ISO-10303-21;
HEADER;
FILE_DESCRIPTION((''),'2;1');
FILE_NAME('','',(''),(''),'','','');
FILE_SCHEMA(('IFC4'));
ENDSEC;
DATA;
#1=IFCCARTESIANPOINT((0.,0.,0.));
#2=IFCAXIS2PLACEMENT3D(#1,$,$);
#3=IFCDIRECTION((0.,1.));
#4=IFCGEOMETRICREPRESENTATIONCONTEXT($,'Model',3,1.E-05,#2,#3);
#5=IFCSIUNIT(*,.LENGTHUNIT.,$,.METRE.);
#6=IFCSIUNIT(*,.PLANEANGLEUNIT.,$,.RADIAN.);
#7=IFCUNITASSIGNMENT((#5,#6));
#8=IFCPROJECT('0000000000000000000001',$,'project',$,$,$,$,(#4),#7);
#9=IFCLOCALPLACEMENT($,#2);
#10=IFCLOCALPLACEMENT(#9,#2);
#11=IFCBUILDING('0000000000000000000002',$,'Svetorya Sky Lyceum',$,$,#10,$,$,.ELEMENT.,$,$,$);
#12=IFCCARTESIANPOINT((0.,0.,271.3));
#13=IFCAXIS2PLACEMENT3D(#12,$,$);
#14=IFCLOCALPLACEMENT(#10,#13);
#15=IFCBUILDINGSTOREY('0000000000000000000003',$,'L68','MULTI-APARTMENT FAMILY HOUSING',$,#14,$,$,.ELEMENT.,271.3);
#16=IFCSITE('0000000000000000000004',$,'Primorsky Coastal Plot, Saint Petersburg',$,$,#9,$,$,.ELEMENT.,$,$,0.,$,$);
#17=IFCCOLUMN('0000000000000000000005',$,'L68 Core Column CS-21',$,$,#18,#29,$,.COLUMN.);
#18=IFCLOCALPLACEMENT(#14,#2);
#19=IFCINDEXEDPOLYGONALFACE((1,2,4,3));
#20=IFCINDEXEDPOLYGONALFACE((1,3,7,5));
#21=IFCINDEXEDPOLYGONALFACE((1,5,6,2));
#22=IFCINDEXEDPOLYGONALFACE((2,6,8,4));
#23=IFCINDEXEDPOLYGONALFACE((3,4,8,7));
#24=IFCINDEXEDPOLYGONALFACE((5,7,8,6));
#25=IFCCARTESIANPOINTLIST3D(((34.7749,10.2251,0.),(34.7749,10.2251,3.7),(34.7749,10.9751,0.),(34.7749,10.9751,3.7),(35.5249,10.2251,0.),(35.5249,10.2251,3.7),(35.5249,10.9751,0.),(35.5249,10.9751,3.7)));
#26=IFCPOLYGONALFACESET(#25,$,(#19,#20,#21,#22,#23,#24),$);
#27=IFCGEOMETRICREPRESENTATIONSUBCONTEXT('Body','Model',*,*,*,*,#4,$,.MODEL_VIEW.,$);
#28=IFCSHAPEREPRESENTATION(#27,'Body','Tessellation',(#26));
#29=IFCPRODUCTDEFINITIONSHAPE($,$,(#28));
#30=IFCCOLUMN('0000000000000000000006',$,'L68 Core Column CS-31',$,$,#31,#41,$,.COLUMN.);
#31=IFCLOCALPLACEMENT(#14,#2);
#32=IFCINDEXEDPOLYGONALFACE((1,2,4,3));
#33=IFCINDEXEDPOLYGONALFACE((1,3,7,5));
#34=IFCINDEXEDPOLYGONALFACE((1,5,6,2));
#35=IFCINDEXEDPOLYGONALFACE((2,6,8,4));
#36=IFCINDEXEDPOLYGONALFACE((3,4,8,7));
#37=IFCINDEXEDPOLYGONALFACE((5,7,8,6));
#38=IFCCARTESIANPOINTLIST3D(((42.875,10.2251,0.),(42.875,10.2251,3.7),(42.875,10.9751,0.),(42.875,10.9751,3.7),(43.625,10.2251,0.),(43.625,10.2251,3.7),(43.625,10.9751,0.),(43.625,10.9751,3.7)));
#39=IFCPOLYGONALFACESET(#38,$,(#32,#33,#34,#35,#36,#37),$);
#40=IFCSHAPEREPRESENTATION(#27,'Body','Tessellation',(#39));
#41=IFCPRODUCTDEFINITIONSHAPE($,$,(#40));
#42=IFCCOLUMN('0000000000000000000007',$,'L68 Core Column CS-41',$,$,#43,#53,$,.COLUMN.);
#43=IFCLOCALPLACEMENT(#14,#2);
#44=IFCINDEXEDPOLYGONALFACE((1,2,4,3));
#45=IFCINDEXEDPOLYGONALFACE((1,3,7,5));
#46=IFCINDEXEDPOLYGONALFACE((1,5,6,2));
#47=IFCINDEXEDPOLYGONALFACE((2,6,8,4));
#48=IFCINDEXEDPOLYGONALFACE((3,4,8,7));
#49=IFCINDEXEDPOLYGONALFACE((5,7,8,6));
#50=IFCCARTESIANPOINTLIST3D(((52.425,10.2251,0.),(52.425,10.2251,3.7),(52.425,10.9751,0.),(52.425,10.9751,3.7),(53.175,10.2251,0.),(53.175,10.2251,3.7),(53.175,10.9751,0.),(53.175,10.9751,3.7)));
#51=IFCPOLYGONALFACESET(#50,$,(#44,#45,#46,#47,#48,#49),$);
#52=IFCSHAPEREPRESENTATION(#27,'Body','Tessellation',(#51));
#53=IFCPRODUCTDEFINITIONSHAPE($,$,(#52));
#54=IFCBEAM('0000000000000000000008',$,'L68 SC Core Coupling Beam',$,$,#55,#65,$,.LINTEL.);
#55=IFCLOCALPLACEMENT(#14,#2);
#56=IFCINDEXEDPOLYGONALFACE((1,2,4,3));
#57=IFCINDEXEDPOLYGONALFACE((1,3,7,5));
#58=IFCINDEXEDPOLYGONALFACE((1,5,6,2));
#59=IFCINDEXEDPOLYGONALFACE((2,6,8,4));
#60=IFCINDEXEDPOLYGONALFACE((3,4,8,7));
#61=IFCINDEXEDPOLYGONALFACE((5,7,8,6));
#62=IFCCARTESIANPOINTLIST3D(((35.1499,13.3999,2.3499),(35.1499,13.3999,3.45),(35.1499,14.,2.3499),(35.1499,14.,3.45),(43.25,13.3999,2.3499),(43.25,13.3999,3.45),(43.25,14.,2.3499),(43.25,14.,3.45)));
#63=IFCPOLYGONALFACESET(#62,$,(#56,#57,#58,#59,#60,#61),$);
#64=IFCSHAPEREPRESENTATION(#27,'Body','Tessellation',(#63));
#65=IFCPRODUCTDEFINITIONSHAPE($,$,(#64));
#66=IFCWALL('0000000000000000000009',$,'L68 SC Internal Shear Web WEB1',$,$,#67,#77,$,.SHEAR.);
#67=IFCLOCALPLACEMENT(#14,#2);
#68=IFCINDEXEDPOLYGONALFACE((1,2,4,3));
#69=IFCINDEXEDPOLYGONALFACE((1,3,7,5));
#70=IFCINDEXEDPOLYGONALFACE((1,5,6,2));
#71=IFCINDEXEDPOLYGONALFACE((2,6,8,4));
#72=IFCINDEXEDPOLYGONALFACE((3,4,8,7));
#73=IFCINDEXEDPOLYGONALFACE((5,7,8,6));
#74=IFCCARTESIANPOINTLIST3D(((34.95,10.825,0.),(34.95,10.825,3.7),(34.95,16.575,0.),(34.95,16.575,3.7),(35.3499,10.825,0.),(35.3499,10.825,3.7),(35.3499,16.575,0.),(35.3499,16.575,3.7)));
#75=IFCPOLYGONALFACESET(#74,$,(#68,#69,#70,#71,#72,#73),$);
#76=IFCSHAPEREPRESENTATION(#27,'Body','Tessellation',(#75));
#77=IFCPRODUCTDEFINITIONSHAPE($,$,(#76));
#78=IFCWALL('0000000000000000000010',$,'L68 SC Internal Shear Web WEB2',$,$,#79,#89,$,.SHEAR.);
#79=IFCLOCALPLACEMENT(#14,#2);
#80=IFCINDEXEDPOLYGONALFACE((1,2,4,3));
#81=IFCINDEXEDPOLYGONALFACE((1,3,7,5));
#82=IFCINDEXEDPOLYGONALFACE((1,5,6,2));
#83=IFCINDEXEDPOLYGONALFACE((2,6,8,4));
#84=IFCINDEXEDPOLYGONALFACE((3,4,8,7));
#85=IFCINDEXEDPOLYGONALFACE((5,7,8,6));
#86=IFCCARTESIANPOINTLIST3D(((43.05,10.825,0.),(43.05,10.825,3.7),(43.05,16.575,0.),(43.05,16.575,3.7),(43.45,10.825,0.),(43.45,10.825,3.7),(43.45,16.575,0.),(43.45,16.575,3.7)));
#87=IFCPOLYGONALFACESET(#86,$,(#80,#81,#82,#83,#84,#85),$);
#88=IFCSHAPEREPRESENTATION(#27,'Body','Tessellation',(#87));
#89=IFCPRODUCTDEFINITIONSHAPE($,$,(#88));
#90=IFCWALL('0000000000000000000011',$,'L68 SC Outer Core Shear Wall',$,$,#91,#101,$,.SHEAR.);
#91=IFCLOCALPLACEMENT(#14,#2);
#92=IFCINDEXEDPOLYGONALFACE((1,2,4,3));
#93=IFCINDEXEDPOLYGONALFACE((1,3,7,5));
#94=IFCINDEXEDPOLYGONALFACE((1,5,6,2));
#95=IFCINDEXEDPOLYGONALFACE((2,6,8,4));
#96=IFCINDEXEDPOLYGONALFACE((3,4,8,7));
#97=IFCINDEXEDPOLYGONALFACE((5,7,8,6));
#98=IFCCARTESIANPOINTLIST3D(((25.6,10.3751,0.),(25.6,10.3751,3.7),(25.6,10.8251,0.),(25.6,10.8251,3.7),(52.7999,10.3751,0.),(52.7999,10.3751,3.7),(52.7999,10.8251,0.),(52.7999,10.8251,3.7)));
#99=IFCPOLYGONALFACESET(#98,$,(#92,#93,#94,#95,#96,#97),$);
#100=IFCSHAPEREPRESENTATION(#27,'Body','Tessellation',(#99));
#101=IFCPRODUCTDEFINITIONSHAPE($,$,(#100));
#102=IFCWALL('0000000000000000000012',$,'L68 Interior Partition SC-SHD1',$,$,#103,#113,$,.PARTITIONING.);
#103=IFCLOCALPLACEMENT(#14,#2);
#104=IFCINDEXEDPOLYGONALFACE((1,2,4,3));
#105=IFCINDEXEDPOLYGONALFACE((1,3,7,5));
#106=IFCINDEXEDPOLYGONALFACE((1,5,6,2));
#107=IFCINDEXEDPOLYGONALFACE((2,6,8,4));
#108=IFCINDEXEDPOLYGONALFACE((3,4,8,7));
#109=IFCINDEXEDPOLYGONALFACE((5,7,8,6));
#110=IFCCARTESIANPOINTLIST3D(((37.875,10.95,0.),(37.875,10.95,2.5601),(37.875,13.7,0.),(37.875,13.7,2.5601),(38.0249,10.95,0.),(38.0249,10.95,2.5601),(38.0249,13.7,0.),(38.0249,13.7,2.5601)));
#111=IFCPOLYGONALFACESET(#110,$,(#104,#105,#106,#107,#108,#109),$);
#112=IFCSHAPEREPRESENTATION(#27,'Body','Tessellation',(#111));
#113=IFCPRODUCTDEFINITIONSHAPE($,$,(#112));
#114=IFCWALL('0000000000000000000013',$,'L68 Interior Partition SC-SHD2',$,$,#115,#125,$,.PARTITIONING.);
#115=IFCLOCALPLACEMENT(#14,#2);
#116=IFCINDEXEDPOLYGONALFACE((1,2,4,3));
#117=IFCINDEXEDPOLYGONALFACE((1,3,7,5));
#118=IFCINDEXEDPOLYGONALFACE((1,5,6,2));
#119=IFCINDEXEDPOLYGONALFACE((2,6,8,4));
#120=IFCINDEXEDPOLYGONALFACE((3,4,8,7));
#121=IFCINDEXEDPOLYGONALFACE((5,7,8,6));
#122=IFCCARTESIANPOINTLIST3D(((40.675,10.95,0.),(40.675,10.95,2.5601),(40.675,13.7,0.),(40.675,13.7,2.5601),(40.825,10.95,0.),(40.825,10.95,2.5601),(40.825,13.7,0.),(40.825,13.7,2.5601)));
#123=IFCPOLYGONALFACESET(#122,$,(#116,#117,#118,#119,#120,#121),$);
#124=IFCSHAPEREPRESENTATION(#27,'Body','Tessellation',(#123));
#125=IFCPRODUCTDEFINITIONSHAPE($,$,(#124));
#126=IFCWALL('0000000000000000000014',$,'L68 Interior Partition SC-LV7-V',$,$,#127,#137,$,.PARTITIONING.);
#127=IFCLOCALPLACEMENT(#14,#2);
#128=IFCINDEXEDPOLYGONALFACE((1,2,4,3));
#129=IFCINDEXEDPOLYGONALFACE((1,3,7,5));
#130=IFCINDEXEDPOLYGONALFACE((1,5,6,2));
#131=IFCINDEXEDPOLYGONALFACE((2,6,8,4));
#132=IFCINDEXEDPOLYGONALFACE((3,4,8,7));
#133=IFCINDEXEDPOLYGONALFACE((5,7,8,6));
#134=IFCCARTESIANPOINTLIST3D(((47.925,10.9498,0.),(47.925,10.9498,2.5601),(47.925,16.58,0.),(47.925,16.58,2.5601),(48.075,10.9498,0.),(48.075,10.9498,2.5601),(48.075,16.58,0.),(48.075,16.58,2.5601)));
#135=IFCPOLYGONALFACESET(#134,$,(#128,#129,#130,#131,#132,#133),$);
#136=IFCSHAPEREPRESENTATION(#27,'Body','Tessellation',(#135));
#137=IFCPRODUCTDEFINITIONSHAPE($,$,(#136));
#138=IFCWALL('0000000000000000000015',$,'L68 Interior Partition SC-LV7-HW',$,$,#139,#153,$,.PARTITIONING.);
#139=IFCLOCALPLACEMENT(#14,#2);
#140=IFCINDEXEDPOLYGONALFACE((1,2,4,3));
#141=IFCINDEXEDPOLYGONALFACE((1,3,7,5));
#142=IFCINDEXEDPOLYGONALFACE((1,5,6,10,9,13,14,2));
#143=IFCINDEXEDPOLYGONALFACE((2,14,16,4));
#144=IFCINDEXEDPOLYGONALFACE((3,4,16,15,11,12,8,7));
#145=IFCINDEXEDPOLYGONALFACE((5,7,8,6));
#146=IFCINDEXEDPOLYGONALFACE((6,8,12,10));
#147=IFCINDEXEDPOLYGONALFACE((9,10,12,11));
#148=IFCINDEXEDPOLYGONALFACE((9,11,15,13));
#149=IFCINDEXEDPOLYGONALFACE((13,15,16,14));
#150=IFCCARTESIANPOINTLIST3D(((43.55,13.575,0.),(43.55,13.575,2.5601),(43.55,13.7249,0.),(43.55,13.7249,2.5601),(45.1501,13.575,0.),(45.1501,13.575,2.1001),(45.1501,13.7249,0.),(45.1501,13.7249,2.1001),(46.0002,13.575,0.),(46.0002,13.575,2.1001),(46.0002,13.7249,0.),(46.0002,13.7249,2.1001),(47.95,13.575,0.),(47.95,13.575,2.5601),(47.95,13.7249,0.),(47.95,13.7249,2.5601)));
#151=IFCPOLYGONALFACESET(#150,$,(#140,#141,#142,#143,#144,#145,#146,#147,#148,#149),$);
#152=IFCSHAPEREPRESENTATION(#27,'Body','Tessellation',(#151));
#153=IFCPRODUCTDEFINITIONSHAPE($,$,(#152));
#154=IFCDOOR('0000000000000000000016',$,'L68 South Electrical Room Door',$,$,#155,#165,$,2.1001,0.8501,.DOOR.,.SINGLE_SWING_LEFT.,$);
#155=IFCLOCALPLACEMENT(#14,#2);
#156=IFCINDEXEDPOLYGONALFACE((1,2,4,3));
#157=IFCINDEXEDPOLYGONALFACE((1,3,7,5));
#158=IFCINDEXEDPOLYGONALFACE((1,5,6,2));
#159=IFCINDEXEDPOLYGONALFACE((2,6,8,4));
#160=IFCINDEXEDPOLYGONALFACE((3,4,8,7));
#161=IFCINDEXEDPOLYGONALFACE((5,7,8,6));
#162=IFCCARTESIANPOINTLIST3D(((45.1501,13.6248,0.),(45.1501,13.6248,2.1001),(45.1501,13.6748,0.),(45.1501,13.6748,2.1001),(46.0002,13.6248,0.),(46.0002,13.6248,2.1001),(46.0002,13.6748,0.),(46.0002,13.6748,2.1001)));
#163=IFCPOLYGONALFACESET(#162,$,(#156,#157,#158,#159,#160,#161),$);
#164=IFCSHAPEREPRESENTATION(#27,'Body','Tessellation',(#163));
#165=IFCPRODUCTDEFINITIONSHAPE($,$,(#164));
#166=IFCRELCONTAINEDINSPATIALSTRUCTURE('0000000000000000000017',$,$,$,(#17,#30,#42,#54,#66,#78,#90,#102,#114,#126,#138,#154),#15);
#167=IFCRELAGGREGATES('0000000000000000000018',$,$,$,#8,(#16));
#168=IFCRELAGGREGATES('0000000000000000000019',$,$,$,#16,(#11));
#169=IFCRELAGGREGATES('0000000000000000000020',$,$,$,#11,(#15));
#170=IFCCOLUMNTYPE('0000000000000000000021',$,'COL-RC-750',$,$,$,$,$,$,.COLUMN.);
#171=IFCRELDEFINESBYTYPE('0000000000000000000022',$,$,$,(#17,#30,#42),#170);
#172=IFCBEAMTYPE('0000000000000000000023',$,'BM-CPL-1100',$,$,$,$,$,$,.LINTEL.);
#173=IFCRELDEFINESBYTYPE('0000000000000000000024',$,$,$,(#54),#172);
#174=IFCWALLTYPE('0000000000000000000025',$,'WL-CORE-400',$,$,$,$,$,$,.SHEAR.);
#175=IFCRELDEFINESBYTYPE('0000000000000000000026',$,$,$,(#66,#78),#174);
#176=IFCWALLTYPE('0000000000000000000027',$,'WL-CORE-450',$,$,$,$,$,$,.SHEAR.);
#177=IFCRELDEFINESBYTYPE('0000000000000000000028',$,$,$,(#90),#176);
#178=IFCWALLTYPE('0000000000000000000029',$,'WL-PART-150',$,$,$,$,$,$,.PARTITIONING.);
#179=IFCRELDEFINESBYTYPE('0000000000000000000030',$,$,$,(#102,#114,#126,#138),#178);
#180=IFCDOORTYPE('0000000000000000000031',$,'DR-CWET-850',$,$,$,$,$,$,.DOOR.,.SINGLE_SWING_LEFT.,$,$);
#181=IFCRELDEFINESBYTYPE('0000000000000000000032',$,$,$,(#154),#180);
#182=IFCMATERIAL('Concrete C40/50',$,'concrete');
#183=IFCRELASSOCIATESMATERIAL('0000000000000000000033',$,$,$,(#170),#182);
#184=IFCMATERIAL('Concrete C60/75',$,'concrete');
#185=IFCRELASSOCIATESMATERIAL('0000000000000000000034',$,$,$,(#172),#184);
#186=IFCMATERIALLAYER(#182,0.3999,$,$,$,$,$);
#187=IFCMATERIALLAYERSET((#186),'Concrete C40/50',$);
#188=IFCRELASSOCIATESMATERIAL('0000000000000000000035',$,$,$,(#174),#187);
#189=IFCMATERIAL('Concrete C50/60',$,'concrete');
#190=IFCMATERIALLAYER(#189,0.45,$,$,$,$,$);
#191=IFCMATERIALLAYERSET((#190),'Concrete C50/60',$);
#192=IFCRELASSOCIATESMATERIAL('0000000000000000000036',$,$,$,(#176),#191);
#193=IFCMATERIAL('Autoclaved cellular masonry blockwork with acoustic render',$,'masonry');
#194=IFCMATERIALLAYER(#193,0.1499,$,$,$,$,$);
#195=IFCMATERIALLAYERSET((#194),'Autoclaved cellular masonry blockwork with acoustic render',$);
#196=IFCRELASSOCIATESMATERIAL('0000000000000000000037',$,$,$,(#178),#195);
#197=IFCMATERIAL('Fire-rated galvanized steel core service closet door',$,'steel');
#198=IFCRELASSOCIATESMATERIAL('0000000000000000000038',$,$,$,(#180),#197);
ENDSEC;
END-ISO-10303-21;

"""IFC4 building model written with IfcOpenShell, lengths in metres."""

from ifc_helpers import new_model, si_unit, direction, frame, frame_2d, origin, origin_2d, place, context, subcontext, project, spatial, rectangle, extrude, material, layer, layer_set, material_profile, profile_set, type_object, element, fill, save


model = new_model("IFC4")

# Units and contexts
model_context = context("Model", 3, precision=1e-05, world=origin(), true_north=direction((0.0, 1.0)))
body_context = subcontext(model_context, "Body", "Model", "MODEL_VIEW")
ifc_project = project(units=[si_unit("LENGTHUNIT", "METRE"), si_unit("PLANEANGLEUNIT", "RADIAN")], contexts=[model_context])

# Site, building, storey
site_placement = place(None, origin())
site = spatial("IfcSite", under=ifc_project, at=site_placement, Name="Primorsky Coastal Plot, Saint Petersburg", CompositionType="ELEMENT", RefElevation=0.0)
building_placement = place(site_placement, origin())
building = spatial("IfcBuilding", under=site, at=building_placement, Name="Svetorya Sky Lyceum", CompositionType="ELEMENT")
storey_placement = place(building_placement, frame((0.0, 0.0, 271.3)))
storey = spatial("IfcBuildingStorey", under=building, at=storey_placement, Name="L68", Description="MULTI-APARTMENT FAMILY HOUSING", CompositionType="ELEMENT", Elevation=271.3)

# Columns
ifc_material_1 = material(Name="Concrete C40/50", Category="concrete")
ifc_material_profile_1 = material_profile(ifc_material_1, rectangle(XDim=0.75, YDim=0.75, at=origin_2d()), Name="RC COL 750x750")
ifc_profile_set_1 = profile_set([ifc_material_profile_1], Name="Concrete C40/50")
column_type = type_object("IfcColumnType", Name="COL-RC-750", PredefinedType="COLUMN", material=ifc_profile_set_1)
for number, where, z_axis, x_axis, name in (
    (1, (35.1499, 10.6001, 0.0), (0.0, 0.0, 1.0), (1.0, 0.0, 0.0), "L68 Core Column CS-21"),
    (2, (43.25, 10.6001, 0.0), (0.0, 0.0, 1.0), (1.0, 0.0, 0.0), "L68 Core Column CS-31"),
    (3, (52.8, 10.6001, 0.0), (0.0, 0.0, 1.0), (1.0, 0.0, 0.0), "L68 Core Column CS-41"),
):
    element("IfcColumn", number, at=place(storey_placement, frame(where, z_axis=z_axis, x_axis=x_axis)), inside=storey, type_object=column_type, Name=name, PredefinedType="COLUMN", context=body_context, shape_type="SweptSolid", body=[
        extrude(rectangle(XDim=0.75, YDim=0.75, at=origin_2d()), origin(), (0.0, 0.0, 1.0), 3.7),
    ])

# Beam
ifc_material_2 = material(Name="Concrete C60/75", Category="concrete")
ifc_material_profile_2 = material_profile(ifc_material_2, rectangle(XDim=0.6001, YDim=1.1001, at=origin_2d()), Name="RC COUPLING 600x1100")
ifc_profile_set_2 = profile_set([ifc_material_profile_2], Name="Concrete C60/75")
beam_type = type_object("IfcBeamType", Name="BM-CPL-1100", PredefinedType="LINTEL", material=ifc_profile_set_2)
beam_placement = place(storey_placement, frame((35.1499, 13.7, 2.8999), z_axis=(1.0, 0.0, 0.0), x_axis=(0.0, 1.0, 0.0)))
element("IfcBeam", 4, at=beam_placement, inside=storey, type_object=beam_type, Name="L68 SC Core Coupling Beam", PredefinedType="LINTEL", context=body_context, shape_type="SweptSolid", body=[
    extrude(rectangle(XDim=0.6001, YDim=1.1001, at=origin_2d()), origin(), (0.0, 0.0, 1.0), 8.1001),
])

# Walls
ifc_layer_1 = layer(ifc_material_1, 0.3999)
ifc_layer_set_1 = layer_set([ifc_layer_1], Name="Concrete C40/50")
wall_type_1 = type_object("IfcWallType", Name="WL-CORE-400", PredefinedType="SHEAR", material=ifc_layer_set_1)
for number, where, z_axis, x_axis, name in (
    (5, (35.1499, 10.825, 0.0), (0.0, 0.0, 1.0), (0.0, 1.0, 0.0), "L68 SC Internal Shear Web WEB1"),
    (6, (43.25, 10.825, 0.0), (0.0, 0.0, 1.0), (0.0, 1.0, 0.0), "L68 SC Internal Shear Web WEB2"),
):
    element("IfcWall", number, at=place(storey_placement, frame(where, z_axis=z_axis, x_axis=x_axis)), inside=storey, type_object=wall_type_1, Name=name, PredefinedType="SHEAR", context=body_context, shape_type="SweptSolid", body=[
        extrude(rectangle(XDim=5.75, YDim=0.3999, at=frame_2d((2.875, 0.0))), origin(), (0.0, 0.0, 1.0), 3.7),
    ])
ifc_material_3 = material(Name="Concrete C50/60", Category="concrete")
ifc_layer_2 = layer(ifc_material_3, 0.45)
ifc_layer_set_2 = layer_set([ifc_layer_2], Name="Concrete C50/60")
wall_type_2 = type_object("IfcWallType", Name="WL-CORE-450", PredefinedType="SHEAR", material=ifc_layer_set_2)
wall_1_placement = place(storey_placement, frame((52.8, 10.6001, 0.0), z_axis=(0.0, 0.0, 1.0), x_axis=(-1.0, 0.0, 0.0)))
element("IfcWall", 7, at=wall_1_placement, inside=storey, type_object=wall_type_2, Name="L68 SC Outer Core Shear Wall", PredefinedType="SHEAR", context=body_context, shape_type="SweptSolid", body=[
    extrude(rectangle(XDim=27.2, YDim=0.45, at=frame_2d((13.6001, 0.0))), origin(), (0.0, 0.0, 1.0), 3.7),
])
ifc_material_4 = material(Name="Autoclaved cellular masonry blockwork with acoustic render", Category="masonry")
ifc_layer_3 = layer(ifc_material_4, 0.1499)
ifc_layer_set_3 = layer_set([ifc_layer_3], Name="Autoclaved cellular masonry blockwork with acoustic render")
wall_type_3 = type_object("IfcWallType", Name="WL-PART-150", PredefinedType="PARTITIONING", material=ifc_layer_set_3)
for number, where, z_axis, x_axis, name in (
    (8, (37.95, 10.95, 0.0), (0.0, 0.0, 1.0), (0.0, 1.0, 0.0), "L68 Interior Partition SC-SHD1"),
    (9, (40.75, 10.95, 0.0), (0.0, 0.0, 1.0), (0.0, 1.0, 0.0), "L68 Interior Partition SC-SHD2"),
):
    element("IfcWall", number, at=place(storey_placement, frame(where, z_axis=z_axis, x_axis=x_axis)), inside=storey, type_object=wall_type_3, Name=name, PredefinedType="PARTITIONING", context=body_context, shape_type="SweptSolid", body=[
        extrude(rectangle(XDim=2.75, YDim=0.1499, at=frame_2d((1.375, 0.0))), origin(), (0.0, 0.0, 1.0), 2.5601),
    ])
wall_2_placement = place(storey_placement, frame((48.0, 10.95, 0.0), z_axis=(0.0, 0.0, 1.0), x_axis=(0.0, 1.0, 0.0)))
element("IfcWall", 10, at=wall_2_placement, inside=storey, type_object=wall_type_3, Name="L68 Interior Partition SC-LV7-V", PredefinedType="PARTITIONING", context=body_context, shape_type="SweptSolid", body=[
    extrude(rectangle(XDim=5.6301, YDim=0.1499, at=frame_2d((2.8149, 0.0))), origin(), (0.0, 0.0, 1.0), 2.5601),
])

# Wall, opening, door
wall_3_placement = place(storey_placement, frame((43.55, 13.6499, 0.0), z_axis=(0.0, 0.0, 1.0), x_axis=(1.0, 0.0, 0.0)))
wall_3 = element("IfcWall", 11, at=wall_3_placement, inside=storey, type_object=wall_type_3, Name="L68 Interior Partition SC-LV7-HW", PredefinedType="PARTITIONING", context=body_context, shape_type="SweptSolid", body=[
    extrude(rectangle(XDim=4.3999, YDim=0.1499, at=frame_2d((2.2, 0.0))), origin(), (0.0, 0.0, 1.0), 2.5601),
])
opening_1_placement = place(wall_3_placement, frame((1.6001, 0.0, 0.0)))
opening_1 = element("IfcOpeningElement", 12, at=opening_1_placement, cuts=wall_3, PredefinedType="OPENING", context=body_context, shape_type="SweptSolid", body=[
    extrude(rectangle(XDim=0.8501, YDim=2.1001, at=frame_2d((0.425, 1.05))), frame((0.0, 0.085, 0.0), z_axis=(0.0, -1.0, 0.0), x_axis=(1.0, 0.0, 0.0)), (0.0, 0.0, 1.0), 0.1699),
])
ifc_material_5 = material(Name="Fire-rated galvanized steel core service closet door", Category="steel")
door_type = type_object("IfcDoorType", Name="DR-CWET-850", OperationType="SINGLE_SWING_LEFT", PredefinedType="DOOR", material=ifc_material_5)
door_1_placement = place(opening_1_placement, origin())
door_1 = element("IfcDoor", 13, at=door_1_placement, inside=storey, type_object=door_type, Name="L68 South Electrical Room Door", OperationType="SINGLE_SWING_LEFT", OverallHeight=2.1001, OverallWidth=0.8501, PredefinedType="DOOR", context=body_context, shape_type="SweptSolid", body=[
    extrude(rectangle(XDim=0.8501, YDim=2.1001, at=frame_2d((0.425, 1.05))), frame((0.0, 0.0249, 0.0), z_axis=(0.0, -1.0, 0.0), x_axis=(1.0, 0.0, 0.0)), (0.0, 0.0, 1.0), 0.05),
])
fill(opening_1, door_1)

save(model, "model.ifc")
